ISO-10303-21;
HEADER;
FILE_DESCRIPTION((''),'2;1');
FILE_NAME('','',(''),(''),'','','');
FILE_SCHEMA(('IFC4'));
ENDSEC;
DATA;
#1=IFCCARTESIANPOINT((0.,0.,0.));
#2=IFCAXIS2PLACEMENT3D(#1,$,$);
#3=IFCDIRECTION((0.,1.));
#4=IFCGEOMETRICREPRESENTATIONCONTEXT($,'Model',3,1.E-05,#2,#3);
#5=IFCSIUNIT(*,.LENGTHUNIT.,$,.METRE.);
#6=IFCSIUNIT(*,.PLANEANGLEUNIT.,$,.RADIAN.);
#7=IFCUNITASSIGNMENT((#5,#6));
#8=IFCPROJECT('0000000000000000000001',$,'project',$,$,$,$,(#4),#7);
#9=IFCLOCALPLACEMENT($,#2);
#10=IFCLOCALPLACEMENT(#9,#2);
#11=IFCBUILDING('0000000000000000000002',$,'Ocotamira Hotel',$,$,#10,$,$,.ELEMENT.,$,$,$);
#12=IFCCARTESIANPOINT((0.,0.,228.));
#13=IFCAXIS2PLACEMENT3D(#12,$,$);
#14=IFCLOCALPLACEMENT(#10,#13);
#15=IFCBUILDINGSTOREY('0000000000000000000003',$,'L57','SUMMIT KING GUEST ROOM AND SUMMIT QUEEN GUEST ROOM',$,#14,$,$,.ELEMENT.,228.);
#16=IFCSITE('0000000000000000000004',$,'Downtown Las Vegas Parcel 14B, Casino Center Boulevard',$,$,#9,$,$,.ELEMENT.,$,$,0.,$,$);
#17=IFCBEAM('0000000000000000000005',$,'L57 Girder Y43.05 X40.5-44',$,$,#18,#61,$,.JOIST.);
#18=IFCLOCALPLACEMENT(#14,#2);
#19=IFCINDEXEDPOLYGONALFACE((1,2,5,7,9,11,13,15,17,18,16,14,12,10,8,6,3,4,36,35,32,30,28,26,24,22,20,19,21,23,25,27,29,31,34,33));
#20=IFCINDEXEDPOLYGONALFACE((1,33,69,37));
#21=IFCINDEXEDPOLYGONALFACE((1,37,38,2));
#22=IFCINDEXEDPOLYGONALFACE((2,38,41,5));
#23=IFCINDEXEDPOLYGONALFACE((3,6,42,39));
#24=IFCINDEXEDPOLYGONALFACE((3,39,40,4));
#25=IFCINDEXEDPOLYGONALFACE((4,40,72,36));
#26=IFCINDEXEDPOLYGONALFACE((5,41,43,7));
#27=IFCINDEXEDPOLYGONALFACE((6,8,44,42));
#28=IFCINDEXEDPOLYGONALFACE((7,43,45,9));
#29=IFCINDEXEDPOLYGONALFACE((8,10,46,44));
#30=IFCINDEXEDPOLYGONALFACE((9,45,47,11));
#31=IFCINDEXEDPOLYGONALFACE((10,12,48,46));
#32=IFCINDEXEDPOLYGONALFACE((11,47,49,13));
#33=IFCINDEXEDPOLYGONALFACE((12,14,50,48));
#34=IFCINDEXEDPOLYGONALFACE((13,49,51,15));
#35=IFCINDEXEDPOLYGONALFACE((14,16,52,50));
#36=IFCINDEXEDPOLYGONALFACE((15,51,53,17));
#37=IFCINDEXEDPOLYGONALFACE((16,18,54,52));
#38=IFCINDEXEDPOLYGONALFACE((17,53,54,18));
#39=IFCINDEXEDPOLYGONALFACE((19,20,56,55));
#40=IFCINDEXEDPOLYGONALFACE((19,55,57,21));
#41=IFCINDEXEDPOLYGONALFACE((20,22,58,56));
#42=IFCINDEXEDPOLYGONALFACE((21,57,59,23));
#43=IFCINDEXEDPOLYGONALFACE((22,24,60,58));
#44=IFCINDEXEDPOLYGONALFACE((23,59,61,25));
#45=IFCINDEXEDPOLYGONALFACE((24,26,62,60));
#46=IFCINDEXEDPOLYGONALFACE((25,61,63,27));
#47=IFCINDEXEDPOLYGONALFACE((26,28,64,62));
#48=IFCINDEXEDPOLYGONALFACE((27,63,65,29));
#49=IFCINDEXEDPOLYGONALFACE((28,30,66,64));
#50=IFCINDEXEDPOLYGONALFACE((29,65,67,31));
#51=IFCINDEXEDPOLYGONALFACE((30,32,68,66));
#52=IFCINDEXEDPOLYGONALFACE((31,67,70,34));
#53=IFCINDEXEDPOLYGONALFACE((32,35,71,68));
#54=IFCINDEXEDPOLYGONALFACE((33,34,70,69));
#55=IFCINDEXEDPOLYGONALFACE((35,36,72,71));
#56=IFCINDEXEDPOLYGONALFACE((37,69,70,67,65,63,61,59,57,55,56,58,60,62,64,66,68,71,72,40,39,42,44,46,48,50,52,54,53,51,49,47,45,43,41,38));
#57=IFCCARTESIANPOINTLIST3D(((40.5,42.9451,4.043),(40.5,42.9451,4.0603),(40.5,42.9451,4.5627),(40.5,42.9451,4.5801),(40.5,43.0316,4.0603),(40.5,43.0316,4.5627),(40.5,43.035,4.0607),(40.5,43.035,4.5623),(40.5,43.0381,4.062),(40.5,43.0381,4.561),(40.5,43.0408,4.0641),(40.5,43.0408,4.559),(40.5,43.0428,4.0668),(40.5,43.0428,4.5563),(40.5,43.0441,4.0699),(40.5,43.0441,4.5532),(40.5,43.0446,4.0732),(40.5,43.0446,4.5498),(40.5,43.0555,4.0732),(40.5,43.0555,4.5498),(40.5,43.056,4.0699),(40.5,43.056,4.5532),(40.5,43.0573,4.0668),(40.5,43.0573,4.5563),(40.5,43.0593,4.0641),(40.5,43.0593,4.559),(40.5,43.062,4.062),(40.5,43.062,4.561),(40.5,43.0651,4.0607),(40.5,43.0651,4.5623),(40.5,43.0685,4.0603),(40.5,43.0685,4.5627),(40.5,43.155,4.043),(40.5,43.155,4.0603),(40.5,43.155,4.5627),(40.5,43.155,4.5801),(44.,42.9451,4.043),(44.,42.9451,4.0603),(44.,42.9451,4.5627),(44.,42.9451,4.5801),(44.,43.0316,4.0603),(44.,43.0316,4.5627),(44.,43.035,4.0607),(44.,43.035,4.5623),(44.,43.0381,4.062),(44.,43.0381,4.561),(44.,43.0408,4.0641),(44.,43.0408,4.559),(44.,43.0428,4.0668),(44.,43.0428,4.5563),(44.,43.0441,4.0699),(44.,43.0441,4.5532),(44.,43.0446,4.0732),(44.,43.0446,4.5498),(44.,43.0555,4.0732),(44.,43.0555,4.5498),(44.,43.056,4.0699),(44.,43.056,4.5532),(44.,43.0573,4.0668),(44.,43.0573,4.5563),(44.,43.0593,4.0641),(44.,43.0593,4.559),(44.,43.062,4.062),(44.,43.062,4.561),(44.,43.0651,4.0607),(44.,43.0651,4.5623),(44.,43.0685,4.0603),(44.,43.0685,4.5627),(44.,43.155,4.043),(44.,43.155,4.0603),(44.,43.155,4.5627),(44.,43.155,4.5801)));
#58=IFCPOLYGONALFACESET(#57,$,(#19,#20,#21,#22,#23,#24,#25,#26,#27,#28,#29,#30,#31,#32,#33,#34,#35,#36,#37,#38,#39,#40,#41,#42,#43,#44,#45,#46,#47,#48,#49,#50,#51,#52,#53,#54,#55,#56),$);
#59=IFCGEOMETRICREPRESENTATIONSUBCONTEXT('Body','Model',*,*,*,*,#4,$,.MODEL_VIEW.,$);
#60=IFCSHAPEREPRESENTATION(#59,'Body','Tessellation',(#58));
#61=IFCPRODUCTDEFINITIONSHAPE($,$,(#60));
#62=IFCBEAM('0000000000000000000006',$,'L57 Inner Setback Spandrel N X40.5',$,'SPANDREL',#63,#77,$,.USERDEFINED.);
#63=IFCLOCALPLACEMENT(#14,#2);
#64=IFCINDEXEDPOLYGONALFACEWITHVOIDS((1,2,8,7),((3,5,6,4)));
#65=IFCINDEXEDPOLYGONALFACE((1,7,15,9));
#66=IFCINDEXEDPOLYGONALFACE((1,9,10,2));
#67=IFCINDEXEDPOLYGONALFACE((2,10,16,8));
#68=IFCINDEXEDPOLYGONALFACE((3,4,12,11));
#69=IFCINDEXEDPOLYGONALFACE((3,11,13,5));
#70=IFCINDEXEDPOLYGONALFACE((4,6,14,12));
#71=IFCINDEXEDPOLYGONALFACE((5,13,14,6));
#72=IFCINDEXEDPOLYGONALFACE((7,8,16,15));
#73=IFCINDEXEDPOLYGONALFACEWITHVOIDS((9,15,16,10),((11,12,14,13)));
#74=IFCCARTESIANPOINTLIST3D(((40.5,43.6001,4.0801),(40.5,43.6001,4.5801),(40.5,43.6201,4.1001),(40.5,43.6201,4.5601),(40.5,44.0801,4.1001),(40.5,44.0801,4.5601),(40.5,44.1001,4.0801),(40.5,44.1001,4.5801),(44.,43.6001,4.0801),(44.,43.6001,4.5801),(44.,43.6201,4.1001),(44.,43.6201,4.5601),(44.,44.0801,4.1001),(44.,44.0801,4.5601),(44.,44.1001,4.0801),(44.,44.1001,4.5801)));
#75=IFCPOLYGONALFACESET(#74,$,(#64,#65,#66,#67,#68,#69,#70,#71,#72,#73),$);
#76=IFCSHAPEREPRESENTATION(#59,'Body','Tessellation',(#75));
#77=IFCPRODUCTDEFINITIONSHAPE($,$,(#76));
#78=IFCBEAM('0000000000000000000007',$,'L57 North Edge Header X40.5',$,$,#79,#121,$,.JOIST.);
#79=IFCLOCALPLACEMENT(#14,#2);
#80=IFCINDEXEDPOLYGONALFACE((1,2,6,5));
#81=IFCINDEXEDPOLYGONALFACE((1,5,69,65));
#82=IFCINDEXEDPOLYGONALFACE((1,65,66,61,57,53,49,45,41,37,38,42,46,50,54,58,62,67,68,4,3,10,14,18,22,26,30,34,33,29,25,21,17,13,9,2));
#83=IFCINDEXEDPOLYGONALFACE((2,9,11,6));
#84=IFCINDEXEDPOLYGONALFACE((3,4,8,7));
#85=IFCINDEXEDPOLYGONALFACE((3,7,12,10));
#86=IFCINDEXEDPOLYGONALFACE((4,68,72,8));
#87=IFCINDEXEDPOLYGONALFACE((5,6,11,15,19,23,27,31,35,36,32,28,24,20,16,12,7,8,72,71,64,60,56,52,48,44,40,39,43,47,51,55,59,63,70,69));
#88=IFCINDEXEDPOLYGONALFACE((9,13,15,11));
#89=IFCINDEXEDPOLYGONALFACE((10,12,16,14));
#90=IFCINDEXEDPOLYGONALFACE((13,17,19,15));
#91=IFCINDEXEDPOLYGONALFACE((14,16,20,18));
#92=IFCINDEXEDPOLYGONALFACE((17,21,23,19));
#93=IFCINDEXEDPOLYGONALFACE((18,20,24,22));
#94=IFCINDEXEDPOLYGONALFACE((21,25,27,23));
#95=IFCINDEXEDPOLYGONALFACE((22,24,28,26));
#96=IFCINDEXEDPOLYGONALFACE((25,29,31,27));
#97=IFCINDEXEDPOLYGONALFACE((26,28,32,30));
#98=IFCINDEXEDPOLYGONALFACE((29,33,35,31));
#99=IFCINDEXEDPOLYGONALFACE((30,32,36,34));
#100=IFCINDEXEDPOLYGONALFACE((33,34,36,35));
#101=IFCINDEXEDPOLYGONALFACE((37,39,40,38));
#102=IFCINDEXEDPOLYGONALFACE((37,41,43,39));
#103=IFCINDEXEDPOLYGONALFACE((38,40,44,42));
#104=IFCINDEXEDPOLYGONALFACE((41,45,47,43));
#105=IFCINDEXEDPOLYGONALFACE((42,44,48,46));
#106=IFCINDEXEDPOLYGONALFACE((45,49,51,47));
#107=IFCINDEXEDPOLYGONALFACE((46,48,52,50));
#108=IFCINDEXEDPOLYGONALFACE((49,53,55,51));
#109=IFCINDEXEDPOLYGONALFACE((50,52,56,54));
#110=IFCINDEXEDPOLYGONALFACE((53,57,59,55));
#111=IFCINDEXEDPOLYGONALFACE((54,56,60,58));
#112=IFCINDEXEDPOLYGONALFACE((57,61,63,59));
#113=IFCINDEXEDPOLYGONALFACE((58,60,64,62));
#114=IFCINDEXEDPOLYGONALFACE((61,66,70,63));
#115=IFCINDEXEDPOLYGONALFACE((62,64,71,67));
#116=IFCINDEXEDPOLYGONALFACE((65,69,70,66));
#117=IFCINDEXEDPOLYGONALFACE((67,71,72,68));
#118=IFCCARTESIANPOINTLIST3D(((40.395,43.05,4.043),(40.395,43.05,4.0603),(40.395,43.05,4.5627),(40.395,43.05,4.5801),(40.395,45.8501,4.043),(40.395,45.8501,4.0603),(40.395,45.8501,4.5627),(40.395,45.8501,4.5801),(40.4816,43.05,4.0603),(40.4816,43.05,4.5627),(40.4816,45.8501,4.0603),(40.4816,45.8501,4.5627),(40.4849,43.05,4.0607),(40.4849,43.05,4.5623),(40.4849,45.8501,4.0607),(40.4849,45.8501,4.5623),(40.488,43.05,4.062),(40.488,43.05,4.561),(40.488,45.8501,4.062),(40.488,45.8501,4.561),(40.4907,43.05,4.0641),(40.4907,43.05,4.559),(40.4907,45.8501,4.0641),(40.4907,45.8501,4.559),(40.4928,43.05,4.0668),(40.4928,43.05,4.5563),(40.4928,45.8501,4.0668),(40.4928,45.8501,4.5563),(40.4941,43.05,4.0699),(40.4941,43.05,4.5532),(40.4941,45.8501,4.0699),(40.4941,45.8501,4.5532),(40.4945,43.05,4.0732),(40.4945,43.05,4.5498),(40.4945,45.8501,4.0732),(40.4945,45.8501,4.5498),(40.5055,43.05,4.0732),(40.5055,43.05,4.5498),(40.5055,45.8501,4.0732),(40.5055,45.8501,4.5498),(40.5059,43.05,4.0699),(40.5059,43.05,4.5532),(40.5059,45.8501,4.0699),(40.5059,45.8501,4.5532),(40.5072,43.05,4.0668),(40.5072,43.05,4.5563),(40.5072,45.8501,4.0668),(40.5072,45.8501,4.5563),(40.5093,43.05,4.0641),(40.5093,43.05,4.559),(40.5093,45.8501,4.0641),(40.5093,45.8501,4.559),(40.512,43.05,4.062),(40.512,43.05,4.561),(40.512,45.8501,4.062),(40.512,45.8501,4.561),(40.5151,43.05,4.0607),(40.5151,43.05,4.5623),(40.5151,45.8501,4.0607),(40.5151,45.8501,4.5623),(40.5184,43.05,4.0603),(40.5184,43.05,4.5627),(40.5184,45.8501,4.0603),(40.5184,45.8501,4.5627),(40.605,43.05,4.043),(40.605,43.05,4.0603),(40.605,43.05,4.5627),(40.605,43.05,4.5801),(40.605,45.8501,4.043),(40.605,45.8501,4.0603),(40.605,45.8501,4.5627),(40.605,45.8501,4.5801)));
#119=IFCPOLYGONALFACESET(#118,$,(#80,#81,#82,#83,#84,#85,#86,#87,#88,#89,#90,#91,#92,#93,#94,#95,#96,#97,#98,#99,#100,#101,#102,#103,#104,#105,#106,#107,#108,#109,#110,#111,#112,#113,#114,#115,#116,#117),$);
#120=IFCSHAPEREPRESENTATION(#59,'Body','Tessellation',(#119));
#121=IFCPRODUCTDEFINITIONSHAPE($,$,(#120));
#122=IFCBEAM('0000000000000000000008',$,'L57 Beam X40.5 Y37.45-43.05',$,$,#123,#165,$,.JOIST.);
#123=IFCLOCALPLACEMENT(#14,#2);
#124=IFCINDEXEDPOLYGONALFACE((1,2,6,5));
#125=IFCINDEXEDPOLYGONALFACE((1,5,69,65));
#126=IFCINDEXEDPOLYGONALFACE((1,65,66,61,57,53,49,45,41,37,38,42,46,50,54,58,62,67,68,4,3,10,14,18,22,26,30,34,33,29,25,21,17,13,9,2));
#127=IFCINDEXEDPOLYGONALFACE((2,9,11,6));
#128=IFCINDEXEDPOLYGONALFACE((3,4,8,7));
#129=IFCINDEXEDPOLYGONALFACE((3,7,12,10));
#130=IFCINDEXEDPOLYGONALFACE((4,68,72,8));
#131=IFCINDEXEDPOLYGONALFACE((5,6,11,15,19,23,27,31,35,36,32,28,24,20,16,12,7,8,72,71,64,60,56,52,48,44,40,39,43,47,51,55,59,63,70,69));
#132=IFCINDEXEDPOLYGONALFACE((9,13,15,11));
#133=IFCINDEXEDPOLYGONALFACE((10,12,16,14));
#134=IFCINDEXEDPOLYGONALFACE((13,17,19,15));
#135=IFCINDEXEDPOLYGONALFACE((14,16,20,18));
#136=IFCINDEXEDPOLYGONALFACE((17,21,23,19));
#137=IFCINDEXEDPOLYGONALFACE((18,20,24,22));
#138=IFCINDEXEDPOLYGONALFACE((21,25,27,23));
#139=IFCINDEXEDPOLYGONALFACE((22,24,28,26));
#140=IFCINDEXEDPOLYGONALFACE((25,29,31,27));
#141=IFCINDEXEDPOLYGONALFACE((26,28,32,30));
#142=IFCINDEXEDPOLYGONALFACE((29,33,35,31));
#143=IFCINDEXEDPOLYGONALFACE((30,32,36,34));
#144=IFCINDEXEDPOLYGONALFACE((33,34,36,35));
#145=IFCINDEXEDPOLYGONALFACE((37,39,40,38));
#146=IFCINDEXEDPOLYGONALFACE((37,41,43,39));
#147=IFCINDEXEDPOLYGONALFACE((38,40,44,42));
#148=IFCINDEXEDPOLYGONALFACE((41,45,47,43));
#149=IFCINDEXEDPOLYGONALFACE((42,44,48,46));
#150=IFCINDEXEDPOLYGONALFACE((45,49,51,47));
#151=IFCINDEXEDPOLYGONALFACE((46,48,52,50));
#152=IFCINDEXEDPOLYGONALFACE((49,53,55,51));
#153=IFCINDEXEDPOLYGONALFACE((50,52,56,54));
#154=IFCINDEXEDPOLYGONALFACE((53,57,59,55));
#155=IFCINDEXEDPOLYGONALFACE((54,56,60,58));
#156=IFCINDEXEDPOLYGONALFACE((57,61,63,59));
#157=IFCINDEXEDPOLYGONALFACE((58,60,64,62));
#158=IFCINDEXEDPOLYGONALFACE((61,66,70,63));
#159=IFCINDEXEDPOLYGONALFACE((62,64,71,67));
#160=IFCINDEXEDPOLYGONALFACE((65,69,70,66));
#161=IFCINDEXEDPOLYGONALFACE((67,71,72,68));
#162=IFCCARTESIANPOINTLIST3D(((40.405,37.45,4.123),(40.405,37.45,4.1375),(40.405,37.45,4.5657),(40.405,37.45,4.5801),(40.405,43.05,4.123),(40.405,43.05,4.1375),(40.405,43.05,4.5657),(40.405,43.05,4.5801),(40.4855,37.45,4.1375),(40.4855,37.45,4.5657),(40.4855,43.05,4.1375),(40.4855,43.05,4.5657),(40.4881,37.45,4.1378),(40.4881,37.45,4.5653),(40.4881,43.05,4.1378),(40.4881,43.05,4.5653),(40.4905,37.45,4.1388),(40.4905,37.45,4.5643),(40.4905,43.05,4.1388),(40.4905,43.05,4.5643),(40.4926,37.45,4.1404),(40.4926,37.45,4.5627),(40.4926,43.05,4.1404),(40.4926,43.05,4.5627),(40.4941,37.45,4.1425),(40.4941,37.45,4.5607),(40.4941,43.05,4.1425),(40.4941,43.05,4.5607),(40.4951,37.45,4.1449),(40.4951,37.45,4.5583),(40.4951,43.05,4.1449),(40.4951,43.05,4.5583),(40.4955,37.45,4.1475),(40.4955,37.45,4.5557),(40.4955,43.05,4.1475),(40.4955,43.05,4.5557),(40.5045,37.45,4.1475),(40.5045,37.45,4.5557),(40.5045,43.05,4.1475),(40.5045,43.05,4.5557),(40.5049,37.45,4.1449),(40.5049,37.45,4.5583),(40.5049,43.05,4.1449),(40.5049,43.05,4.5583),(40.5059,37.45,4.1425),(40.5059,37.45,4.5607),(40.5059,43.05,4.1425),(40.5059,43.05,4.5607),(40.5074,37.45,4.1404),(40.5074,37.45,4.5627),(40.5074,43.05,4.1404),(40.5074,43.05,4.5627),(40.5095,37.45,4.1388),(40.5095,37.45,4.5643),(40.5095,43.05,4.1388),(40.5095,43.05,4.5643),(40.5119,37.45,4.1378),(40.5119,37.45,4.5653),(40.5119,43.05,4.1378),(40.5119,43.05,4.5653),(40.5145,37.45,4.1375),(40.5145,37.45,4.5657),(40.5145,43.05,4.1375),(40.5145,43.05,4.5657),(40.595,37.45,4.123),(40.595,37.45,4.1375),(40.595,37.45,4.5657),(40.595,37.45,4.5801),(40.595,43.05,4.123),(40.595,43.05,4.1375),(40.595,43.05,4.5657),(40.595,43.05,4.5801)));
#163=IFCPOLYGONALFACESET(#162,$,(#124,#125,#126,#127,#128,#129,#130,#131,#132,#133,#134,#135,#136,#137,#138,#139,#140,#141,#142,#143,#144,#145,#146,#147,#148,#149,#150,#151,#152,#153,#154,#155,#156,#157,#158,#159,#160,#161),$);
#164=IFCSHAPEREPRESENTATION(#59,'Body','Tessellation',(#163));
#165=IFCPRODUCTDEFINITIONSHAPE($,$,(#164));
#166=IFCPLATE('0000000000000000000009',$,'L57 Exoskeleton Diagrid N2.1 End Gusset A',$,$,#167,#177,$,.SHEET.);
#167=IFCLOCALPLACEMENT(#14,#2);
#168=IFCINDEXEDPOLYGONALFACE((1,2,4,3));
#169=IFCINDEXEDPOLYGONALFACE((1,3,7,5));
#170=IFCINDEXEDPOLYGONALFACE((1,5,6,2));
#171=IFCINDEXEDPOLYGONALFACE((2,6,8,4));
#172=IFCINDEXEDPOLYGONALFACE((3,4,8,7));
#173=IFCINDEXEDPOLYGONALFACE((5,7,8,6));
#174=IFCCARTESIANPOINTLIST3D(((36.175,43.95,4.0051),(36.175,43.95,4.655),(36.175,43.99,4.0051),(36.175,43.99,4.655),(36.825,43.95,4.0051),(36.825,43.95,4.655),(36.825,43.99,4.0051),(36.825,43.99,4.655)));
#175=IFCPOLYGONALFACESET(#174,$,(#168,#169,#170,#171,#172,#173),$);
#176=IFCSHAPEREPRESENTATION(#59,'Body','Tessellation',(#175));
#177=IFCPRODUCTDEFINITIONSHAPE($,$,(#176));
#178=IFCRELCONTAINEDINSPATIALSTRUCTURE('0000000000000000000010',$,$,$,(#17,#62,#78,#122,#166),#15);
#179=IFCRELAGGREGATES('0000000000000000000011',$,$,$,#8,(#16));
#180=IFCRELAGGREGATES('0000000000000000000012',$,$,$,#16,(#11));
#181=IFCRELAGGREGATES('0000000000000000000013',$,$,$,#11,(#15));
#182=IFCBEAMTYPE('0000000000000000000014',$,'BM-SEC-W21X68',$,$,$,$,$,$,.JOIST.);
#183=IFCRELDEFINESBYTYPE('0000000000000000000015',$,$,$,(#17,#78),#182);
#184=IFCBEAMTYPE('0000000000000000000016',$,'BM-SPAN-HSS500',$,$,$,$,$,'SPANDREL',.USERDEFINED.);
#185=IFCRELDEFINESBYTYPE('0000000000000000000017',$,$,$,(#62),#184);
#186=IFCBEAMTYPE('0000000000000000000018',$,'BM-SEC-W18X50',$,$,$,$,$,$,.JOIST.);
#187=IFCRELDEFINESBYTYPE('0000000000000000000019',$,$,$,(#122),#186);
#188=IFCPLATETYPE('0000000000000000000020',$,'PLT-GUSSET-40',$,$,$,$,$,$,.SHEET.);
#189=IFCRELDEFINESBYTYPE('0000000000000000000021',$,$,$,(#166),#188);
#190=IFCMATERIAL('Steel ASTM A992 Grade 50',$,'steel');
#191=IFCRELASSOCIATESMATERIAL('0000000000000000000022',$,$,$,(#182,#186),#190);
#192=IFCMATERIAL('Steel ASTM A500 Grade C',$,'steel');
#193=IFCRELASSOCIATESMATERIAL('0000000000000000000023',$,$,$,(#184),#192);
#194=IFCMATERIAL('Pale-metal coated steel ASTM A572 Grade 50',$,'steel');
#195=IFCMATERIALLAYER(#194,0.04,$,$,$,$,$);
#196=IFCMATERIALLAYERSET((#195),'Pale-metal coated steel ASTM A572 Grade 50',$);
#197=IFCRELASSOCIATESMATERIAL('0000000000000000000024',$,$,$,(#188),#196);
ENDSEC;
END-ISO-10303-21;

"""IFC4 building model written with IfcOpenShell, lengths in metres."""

from ifc_helpers import new_model, si_unit, direction, frame, origin, origin_2d, place, context, subcontext, project, spatial, rectangle, hollow_rectangle, i_section, extrude, source, transform, mapped, material, layer, layer_set, material_profile, profile_set, type_object, element, save


model = new_model("IFC4")

# Units and contexts
model_context = context("Model", 3, precision=1e-05, world=origin(), true_north=direction((0.0, 1.0)))
body_context = subcontext(model_context, "Body", "Model", "MODEL_VIEW")
ifc_project = project(units=[si_unit("LENGTHUNIT", "METRE"), si_unit("PLANEANGLEUNIT", "RADIAN")], contexts=[model_context])

# Site, building, storey
site_placement = place(None, origin())
site = spatial("IfcSite", under=ifc_project, at=site_placement, Name="Downtown Las Vegas Parcel 14B, Casino Center Boulevard", CompositionType="ELEMENT", RefElevation=0.0)
building_placement = place(site_placement, origin())
building = spatial("IfcBuilding", under=site, at=building_placement, Name="Ocotamira Hotel", CompositionType="ELEMENT")
storey_placement = place(building_placement, frame((0.0, 0.0, 228.0)))
storey = spatial("IfcBuildingStorey", under=building, at=storey_placement, Name="L57", Description="SUMMIT KING GUEST ROOM AND SUMMIT QUEEN GUEST ROOM", CompositionType="ELEMENT", Elevation=228.0)

# Shared definitions
ifc_material_1 = material(Name="Steel ASTM A992 Grade 50", Category="steel")

# Beams
ifc_material_profile_1 = material_profile(ifc_material_1, i_section(OverallWidth=0.21, OverallDepth=0.5371, WebThickness=0.011, FlangeThickness=0.0173, FilletRadius=0.0129, at=origin_2d()), Name="W21X68")
ifc_profile_set_1 = profile_set([ifc_material_profile_1], Name="Steel ASTM A992 Grade 50")
beam_type_1 = type_object("IfcBeamType", Name="BM-SEC-W21X68", PredefinedType="JOIST", material=ifc_profile_set_1)
shared_shape_1 = source(origin(), body_context, "Body", "SweptSolid", [
    extrude(i_section(OverallWidth=0.21, OverallDepth=0.5371, WebThickness=0.011, FlangeThickness=0.0173, FilletRadius=0.0129, at=origin_2d()), origin(), (0.0, 0.0, 1.0), 3.5),
])
beam_1_placement = place(storey_placement, frame((40.5, 43.05, 4.3115), z_axis=(1.0, 0.0, 0.0), x_axis=(0.0, 1.0, 0.0)))
element("IfcBeam", 1, at=beam_1_placement, inside=storey, type_object=beam_type_1, Name="L57 Girder Y43.05 X40.5-44", PredefinedType="JOIST", context=body_context, shape_type="MappedRepresentation", body=[
    mapped(shared_shape_1, transform((0.0, 0.0, 0.0), scale=1.0)),
])
ifc_material_2 = material(Name="Steel ASTM A500 Grade C", Category="steel")
ifc_material_profile_2 = material_profile(ifc_material_2, hollow_rectangle(XDim=0.5, YDim=0.5, WallThickness=0.02, at=origin_2d()), Name="HSS500X500X20")
ifc_profile_set_2 = profile_set([ifc_material_profile_2], Name="Steel ASTM A500 Grade C")
beam_type_2 = type_object("IfcBeamType", Name="BM-SPAN-HSS500", ElementType="SPANDREL", PredefinedType="USERDEFINED", material=ifc_profile_set_2)
shared_shape_2 = source(origin(), body_context, "Body", "SweptSolid", [
    extrude(hollow_rectangle(XDim=0.5, YDim=0.5, WallThickness=0.02, at=origin_2d()), origin(), (0.0, 0.0, 1.0), 3.5),
])
beam_2_placement = place(storey_placement, frame((40.5, 43.8501, 4.3301), z_axis=(1.0, 0.0, 0.0), x_axis=(0.0, 1.0, 0.0)))
element("IfcBeam", 2, at=beam_2_placement, inside=storey, type_object=beam_type_2, Name="L57 Inner Setback Spandrel N X40.5", ObjectType="SPANDREL", PredefinedType="USERDEFINED", context=body_context, shape_type="MappedRepresentation", body=[
    mapped(shared_shape_2, transform((0.0, 0.0, 0.0), scale=1.0)),
])
shared_shape_3 = source(origin(), body_context, "Body", "SweptSolid", [
    extrude(i_section(OverallWidth=0.21, OverallDepth=0.5371, WebThickness=0.011, FlangeThickness=0.0173, FilletRadius=0.0129, at=origin_2d()), origin(), (0.0, 0.0, 1.0), 2.8),
])
beam_3_placement = place(storey_placement, frame((40.5, 43.05, 4.3115), z_axis=(0.0, 1.0, 0.0), x_axis=(-1.0, 0.0, 0.0)))
element("IfcBeam", 3, at=beam_3_placement, inside=storey, type_object=beam_type_1, Name="L57 North Edge Header X40.5", PredefinedType="JOIST", context=body_context, shape_type="MappedRepresentation", body=[
    mapped(shared_shape_3, transform((0.0, 0.0, 0.0), scale=1.0)),
])
ifc_material_profile_3 = material_profile(ifc_material_1, i_section(OverallWidth=0.1899, OverallDepth=0.457, WebThickness=0.009, FlangeThickness=0.0144, FilletRadius=0.01, at=origin_2d()), Name="W18X50")
ifc_profile_set_3 = profile_set([ifc_material_profile_3], Name="Steel ASTM A992 Grade 50")
beam_type_3 = type_object("IfcBeamType", Name="BM-SEC-W18X50", PredefinedType="JOIST", material=ifc_profile_set_3)
shared_shape_4 = source(origin(), body_context, "Body", "SweptSolid", [
    extrude(i_section(OverallWidth=0.1899, OverallDepth=0.457, WebThickness=0.009, FlangeThickness=0.0144, FilletRadius=0.01, at=origin_2d()), origin(), (0.0, 0.0, 1.0), 5.6001),
])
beam_4_placement = place(storey_placement, frame((40.5, 37.45, 4.3516), z_axis=(0.0, 1.0, 0.0), x_axis=(-1.0, 0.0, 0.0)))
element("IfcBeam", 4, at=beam_4_placement, inside=storey, type_object=beam_type_3, Name="L57 Beam X40.5 Y37.45-43.05", PredefinedType="JOIST", context=body_context, shape_type="MappedRepresentation", body=[
    mapped(shared_shape_4, transform((0.0, 0.0, 0.0), scale=1.0)),
])

# Plate
ifc_material_3 = material(Name="Pale-metal coated steel ASTM A572 Grade 50", Category="steel")
ifc_layer_1 = layer(ifc_material_3, 0.04)
ifc_layer_set_1 = layer_set([ifc_layer_1], Name="Pale-metal coated steel ASTM A572 Grade 50")
plate_type = type_object("IfcPlateType", Name="PLT-GUSSET-40", PredefinedType="SHEET", material=ifc_layer_set_1)
shared_shape_5 = source(origin(), body_context, "Body", "SweptSolid", [
    extrude(rectangle(XDim=0.6499, YDim=0.04, at=origin_2d()), origin(), (0.0, 0.0, 1.0), 0.6499),
])
plate_placement = place(storey_placement, frame((36.5, 43.97, 4.0051), z_axis=(0.0, 0.0, 1.0), x_axis=(-1.0, 0.0, 0.0)))
element("IfcPlate", 5, at=plate_placement, inside=storey, type_object=plate_type, Name="L57 Exoskeleton Diagrid N2.1 End Gusset A", PredefinedType="SHEET", context=body_context, shape_type="MappedRepresentation", body=[
    mapped(shared_shape_5, transform((0.0, 0.0, 0.0), scale=1.0)),
])

save(model, "model.ifc")
